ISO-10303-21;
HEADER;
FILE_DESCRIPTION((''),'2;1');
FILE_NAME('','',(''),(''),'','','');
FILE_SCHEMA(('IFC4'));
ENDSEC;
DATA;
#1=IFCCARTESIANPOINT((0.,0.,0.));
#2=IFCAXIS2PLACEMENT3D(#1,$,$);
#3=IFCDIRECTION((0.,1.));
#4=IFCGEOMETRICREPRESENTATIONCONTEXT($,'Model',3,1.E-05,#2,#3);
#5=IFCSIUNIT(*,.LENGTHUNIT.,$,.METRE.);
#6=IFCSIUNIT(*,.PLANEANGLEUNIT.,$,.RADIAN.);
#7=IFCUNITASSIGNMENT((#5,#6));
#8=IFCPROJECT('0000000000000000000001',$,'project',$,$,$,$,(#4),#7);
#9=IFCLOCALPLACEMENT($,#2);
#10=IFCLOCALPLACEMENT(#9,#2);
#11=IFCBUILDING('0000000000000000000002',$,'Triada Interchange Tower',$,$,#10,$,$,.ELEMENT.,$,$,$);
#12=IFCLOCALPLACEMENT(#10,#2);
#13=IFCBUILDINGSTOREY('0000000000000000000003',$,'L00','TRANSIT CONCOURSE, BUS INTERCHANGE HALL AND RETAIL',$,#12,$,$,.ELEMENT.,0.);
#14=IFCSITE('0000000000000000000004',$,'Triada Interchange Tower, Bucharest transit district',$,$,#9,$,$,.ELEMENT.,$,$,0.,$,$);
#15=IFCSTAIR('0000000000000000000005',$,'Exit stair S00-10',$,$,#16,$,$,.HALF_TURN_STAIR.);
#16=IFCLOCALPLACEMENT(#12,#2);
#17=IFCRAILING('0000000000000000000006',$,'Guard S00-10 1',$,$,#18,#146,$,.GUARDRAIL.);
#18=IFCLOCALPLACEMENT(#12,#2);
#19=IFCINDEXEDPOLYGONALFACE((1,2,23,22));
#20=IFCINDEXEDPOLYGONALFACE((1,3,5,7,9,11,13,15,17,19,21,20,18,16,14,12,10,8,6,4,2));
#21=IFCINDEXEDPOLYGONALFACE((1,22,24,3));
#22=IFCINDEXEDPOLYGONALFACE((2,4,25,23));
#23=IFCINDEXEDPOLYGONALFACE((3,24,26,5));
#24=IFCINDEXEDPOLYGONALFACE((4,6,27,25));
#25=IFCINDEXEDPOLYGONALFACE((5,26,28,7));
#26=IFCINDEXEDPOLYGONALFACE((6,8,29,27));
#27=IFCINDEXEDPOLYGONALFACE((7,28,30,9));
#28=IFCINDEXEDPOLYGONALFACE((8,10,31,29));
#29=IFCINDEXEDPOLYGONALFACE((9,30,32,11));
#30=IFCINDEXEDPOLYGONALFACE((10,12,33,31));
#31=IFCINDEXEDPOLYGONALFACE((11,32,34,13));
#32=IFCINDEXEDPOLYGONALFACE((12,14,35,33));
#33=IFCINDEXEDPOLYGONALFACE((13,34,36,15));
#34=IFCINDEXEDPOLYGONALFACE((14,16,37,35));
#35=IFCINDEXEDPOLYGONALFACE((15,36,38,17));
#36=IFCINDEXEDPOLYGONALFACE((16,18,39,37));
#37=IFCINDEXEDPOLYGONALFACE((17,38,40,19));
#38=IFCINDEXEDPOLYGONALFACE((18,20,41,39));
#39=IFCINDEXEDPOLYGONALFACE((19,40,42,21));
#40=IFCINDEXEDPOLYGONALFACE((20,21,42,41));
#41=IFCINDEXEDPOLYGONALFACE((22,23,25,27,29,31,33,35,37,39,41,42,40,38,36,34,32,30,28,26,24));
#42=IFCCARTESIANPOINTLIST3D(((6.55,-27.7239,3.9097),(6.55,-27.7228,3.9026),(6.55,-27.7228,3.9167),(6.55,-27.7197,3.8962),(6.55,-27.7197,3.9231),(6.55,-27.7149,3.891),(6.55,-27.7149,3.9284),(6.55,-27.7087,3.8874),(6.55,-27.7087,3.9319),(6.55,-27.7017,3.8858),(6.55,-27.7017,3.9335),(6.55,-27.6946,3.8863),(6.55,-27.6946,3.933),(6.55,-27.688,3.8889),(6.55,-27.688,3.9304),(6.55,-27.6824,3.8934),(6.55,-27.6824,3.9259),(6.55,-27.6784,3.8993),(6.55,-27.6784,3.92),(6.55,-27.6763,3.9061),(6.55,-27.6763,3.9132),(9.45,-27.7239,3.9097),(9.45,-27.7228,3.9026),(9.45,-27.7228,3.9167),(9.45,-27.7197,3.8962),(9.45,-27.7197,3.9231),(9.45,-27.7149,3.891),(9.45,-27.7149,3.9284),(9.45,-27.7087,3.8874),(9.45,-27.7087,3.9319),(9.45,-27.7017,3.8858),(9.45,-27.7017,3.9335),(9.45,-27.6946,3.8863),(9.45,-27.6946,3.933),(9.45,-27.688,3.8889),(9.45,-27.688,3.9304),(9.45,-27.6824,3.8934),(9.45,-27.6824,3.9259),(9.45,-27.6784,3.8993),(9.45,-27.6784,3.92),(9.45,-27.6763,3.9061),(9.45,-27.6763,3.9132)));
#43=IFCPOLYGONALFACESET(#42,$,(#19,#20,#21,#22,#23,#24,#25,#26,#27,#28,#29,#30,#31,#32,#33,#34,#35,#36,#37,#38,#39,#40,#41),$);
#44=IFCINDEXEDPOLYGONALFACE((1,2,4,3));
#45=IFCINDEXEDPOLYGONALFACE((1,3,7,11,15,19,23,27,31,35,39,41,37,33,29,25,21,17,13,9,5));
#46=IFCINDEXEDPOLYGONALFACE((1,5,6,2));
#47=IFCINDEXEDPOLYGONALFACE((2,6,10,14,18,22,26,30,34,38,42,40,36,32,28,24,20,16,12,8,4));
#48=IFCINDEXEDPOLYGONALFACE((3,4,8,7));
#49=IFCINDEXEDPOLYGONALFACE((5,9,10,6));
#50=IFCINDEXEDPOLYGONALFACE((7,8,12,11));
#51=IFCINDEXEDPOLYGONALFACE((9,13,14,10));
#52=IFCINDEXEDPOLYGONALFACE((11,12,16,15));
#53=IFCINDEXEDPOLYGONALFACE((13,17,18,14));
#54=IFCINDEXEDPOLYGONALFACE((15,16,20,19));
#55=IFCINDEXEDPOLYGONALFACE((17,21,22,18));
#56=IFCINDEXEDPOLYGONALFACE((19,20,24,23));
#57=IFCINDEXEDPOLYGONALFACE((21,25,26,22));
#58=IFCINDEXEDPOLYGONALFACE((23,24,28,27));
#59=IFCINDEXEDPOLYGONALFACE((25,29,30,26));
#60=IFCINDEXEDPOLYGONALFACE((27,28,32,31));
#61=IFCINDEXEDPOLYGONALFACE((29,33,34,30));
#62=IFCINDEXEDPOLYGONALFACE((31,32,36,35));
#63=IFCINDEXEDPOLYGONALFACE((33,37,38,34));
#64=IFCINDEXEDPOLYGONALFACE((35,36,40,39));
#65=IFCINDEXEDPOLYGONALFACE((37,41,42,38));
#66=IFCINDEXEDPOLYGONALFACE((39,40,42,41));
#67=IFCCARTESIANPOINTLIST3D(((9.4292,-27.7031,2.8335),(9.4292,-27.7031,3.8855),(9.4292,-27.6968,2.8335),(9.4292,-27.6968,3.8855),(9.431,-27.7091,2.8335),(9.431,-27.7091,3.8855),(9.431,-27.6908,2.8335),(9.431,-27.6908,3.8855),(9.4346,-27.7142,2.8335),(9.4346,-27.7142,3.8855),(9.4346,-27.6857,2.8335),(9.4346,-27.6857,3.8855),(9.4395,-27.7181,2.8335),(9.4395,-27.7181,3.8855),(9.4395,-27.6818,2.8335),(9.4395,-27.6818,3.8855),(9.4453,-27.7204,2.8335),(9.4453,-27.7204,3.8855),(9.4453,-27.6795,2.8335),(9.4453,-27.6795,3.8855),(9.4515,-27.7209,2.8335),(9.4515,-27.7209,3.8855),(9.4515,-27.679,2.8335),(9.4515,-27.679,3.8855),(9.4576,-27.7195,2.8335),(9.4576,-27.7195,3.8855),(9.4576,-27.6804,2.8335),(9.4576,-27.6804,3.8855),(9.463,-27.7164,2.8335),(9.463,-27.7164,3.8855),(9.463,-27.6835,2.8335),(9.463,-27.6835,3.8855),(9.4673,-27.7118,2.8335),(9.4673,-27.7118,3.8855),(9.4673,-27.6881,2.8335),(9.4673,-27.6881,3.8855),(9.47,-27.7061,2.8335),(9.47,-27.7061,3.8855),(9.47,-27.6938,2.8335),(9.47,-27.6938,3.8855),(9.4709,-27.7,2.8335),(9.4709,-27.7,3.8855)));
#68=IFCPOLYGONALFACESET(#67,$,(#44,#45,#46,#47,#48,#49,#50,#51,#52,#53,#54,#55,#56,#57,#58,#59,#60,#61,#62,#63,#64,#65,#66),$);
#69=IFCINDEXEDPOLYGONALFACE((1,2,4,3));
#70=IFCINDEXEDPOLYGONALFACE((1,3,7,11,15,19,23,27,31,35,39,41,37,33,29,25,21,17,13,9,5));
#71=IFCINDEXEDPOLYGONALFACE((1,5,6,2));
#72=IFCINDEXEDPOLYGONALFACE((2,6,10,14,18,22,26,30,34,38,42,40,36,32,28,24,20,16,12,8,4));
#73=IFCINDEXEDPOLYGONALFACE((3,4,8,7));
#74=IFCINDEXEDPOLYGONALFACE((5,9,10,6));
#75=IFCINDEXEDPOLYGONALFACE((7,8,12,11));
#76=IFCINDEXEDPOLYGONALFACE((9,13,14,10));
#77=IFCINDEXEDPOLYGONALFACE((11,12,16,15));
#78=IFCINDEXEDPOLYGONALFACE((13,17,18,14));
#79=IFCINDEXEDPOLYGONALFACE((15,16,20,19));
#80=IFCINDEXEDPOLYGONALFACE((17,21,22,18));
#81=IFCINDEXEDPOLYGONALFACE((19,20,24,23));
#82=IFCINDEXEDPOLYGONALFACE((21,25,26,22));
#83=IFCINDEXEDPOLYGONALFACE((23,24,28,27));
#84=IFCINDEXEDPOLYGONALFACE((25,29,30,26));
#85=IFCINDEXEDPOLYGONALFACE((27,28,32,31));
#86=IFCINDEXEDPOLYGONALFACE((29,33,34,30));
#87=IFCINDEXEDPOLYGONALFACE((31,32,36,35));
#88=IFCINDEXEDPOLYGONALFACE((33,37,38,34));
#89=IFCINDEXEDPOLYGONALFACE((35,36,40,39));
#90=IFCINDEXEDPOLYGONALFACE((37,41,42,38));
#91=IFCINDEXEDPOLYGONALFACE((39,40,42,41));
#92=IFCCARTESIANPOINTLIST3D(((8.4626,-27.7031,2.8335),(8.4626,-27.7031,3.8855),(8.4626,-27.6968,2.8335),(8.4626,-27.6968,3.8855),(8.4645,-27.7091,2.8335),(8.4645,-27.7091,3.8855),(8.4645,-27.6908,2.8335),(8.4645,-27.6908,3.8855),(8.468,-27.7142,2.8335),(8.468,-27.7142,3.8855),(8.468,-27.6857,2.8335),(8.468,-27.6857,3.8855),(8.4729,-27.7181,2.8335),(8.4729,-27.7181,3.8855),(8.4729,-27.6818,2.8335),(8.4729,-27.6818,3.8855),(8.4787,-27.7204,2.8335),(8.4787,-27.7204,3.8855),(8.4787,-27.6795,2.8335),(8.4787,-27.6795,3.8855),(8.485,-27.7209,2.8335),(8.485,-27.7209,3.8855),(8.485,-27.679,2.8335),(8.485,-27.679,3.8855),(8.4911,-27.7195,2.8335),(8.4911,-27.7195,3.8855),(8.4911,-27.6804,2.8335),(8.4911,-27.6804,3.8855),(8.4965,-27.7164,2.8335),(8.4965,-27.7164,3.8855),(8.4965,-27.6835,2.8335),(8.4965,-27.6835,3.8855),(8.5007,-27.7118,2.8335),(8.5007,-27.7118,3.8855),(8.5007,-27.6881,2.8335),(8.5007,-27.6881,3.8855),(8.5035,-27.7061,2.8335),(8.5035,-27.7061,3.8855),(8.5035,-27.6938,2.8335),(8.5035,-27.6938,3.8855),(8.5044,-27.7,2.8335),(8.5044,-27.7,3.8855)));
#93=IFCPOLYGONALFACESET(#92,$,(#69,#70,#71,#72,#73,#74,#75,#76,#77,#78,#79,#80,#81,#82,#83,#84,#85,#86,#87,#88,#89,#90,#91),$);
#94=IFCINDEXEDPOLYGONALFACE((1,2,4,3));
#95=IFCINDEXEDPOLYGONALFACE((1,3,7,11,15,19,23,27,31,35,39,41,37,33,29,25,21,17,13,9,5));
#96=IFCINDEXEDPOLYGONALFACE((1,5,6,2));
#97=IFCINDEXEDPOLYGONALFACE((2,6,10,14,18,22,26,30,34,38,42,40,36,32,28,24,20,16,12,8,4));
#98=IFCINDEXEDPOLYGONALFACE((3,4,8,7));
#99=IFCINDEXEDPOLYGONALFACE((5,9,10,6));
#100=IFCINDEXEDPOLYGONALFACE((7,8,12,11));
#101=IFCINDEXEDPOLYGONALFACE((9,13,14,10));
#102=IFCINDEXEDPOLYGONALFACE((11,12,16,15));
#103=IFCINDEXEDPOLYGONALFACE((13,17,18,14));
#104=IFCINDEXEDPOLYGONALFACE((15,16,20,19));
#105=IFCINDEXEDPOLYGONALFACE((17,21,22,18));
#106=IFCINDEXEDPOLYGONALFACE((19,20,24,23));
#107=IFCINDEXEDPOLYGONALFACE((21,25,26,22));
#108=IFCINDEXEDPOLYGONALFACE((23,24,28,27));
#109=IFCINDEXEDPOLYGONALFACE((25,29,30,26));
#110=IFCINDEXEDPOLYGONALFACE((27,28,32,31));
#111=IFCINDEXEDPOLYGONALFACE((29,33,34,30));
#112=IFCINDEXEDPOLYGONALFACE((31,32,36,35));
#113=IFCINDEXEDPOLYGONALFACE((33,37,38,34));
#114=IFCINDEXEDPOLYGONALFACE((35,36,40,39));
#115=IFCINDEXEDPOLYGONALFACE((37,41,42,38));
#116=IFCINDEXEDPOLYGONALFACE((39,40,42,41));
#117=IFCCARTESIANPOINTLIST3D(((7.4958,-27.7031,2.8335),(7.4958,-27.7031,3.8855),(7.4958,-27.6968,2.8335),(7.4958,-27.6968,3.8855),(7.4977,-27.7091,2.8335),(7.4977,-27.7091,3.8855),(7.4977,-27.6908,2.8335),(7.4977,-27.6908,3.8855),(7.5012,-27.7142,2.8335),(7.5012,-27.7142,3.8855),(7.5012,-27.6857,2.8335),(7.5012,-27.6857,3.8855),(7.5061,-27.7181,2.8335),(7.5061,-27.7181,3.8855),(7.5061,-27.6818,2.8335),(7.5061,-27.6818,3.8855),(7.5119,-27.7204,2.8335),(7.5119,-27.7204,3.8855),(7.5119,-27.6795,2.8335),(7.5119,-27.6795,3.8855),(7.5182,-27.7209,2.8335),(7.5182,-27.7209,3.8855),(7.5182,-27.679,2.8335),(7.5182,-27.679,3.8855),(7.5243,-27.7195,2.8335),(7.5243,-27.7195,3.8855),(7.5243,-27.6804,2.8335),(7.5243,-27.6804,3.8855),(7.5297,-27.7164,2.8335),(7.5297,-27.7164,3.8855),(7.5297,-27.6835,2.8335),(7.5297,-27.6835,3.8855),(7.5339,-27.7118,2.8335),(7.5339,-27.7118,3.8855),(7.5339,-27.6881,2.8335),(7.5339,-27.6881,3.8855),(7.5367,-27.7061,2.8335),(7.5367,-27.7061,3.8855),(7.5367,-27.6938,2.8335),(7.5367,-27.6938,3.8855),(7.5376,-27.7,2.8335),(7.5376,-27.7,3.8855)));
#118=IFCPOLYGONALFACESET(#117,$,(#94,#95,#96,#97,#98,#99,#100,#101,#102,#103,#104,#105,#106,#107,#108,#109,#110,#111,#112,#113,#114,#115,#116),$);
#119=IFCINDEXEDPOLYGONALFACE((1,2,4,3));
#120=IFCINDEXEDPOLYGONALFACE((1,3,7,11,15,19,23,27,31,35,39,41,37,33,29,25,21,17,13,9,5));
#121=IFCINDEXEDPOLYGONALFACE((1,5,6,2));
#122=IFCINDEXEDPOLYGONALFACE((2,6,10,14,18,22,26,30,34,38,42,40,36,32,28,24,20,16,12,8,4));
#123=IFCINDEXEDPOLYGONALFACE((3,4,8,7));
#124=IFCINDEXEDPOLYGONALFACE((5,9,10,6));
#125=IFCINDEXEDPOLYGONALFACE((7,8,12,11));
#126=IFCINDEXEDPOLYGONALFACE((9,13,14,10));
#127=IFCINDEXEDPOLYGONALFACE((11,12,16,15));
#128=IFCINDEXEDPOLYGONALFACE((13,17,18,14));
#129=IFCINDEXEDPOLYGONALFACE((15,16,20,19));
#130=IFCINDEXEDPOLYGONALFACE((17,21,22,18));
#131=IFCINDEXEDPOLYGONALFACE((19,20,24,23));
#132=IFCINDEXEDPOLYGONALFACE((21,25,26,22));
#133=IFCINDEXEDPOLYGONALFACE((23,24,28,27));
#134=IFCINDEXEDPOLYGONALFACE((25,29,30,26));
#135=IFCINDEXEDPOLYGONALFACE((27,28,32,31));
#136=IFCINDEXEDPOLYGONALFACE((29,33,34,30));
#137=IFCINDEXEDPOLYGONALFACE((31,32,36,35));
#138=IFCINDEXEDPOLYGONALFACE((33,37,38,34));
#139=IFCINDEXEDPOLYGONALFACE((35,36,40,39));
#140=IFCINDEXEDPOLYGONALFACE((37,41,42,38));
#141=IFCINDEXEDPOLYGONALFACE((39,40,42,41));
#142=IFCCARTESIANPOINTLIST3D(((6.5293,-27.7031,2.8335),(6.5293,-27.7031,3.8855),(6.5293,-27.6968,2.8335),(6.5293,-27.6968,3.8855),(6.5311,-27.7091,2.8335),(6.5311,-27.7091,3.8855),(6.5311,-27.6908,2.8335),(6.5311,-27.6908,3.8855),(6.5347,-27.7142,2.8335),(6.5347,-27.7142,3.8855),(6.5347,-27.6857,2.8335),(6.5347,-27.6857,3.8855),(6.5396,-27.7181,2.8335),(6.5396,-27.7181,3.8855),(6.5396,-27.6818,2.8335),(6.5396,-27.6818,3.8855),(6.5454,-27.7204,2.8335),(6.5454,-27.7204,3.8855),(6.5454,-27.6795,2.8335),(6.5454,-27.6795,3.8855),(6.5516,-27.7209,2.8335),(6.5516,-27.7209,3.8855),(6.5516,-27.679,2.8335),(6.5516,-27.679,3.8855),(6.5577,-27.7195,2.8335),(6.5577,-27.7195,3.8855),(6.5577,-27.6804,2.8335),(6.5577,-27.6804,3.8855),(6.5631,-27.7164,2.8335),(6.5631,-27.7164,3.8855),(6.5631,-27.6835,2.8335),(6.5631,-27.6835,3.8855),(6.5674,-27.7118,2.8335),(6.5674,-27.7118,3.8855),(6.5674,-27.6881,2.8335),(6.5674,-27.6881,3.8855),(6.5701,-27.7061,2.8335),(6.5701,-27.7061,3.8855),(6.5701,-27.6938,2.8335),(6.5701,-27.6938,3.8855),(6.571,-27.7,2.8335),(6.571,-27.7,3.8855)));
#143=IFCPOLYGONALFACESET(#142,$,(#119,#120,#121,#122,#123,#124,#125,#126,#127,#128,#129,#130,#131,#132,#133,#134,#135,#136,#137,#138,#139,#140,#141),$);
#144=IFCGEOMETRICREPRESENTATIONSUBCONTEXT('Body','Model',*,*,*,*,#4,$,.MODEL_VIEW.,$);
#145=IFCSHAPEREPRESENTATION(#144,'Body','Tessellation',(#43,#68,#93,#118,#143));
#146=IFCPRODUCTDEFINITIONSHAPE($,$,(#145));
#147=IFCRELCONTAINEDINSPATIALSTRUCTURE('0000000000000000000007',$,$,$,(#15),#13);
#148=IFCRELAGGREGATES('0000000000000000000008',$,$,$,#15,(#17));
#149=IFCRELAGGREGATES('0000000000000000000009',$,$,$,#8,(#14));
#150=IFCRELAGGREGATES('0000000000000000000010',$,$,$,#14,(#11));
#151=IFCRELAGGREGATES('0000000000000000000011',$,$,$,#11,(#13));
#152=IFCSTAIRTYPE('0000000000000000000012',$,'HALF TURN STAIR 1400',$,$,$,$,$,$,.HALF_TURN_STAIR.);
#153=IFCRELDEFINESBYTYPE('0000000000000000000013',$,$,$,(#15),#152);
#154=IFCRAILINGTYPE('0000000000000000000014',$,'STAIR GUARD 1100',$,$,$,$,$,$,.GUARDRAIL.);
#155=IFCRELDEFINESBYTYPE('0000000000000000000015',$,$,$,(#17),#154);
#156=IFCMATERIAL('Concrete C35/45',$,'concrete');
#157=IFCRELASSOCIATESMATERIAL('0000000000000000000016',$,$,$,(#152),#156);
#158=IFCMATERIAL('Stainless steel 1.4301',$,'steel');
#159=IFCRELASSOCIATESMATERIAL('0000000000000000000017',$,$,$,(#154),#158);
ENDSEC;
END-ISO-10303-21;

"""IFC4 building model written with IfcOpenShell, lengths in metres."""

from ifc_helpers import new_model, si_unit, direction, frame, origin, origin_2d, place, context, subcontext, project, spatial, circle, extrude, material, type_object, element, aggregate, save


model = new_model("IFC4")

# Units and contexts
model_context = context("Model", 3, precision=1e-05, world=origin(), true_north=direction((0.0, 1.0)))
body_context = subcontext(model_context, "Body", "Model", "MODEL_VIEW")
ifc_project = project(units=[si_unit("LENGTHUNIT", "METRE"), si_unit("PLANEANGLEUNIT", "RADIAN")], contexts=[model_context])

# Site, building, storey
site_placement = place(None, origin())
site = spatial("IfcSite", under=ifc_project, at=site_placement, Name="Triada Interchange Tower, Bucharest transit district", CompositionType="ELEMENT", RefElevation=0.0)
building_placement = place(site_placement, origin())
building = spatial("IfcBuilding", under=site, at=building_placement, Name="Triada Interchange Tower", CompositionType="ELEMENT")
storey_placement = place(building_placement, origin())
storey = spatial("IfcBuildingStorey", under=building, at=storey_placement, Name="L00", Description="TRANSIT CONCOURSE, BUS INTERCHANGE HALL AND RETAIL", CompositionType="ELEMENT", Elevation=0.0)

# Shared definitions
ifc_material_1 = material(Name="Concrete C35/45", Category="concrete")

# Stair, railing
stair_type = type_object("IfcStairType", Name="HALF TURN STAIR 1400", PredefinedType="HALF_TURN_STAIR", material=ifc_material_1)
stair_placement = place(storey_placement, origin())
stair = element("IfcStair", 1, at=stair_placement, inside=storey, type_object=stair_type, Name="Exit stair S00-10", PredefinedType="HALF_TURN_STAIR")
ifc_material_2 = material(Name="Stainless steel 1.4301", Category="steel")
railing_type = type_object("IfcRailingType", Name="STAIR GUARD 1100", PredefinedType="GUARDRAIL", material=ifc_material_2)
railing_1_placement = place(storey_placement, frame((9.45, -27.7, 2.8335)))
railing_1 = element("IfcRailing", 2, at=railing_1_placement, type_object=railing_type, Name="Guard S00-10 1", PredefinedType="GUARDRAIL", context=body_context, shape_type="SweptSolid", body=[
    extrude(circle(Radius=0.0239, at=origin_2d()), frame((0.0, 0.0, 1.0762), z_axis=(-1.0, 0.0, 0.0), x_axis=(0.0, -1.0, 0.0)), (0.0, 0.0, 1.0), 2.8999),
    extrude(circle(Radius=0.021, at=origin_2d()), origin(), (0.0, 0.0, 1.0), 1.052),
    extrude(circle(Radius=0.021, at=origin_2d()), frame((-0.9666, 0.0, 0.0)), (0.0, 0.0, 1.0), 1.052),
    extrude(circle(Radius=0.021, at=origin_2d()), frame((-1.9333, 0.0, 0.0)), (0.0, 0.0, 1.0), 1.052),
    extrude(circle(Radius=0.021, at=origin_2d()), frame((-2.8999, 0.0, 0.0)), (0.0, 0.0, 1.0), 1.052),
])
aggregate(stair, [railing_1])

save(model, "model.ifc")
